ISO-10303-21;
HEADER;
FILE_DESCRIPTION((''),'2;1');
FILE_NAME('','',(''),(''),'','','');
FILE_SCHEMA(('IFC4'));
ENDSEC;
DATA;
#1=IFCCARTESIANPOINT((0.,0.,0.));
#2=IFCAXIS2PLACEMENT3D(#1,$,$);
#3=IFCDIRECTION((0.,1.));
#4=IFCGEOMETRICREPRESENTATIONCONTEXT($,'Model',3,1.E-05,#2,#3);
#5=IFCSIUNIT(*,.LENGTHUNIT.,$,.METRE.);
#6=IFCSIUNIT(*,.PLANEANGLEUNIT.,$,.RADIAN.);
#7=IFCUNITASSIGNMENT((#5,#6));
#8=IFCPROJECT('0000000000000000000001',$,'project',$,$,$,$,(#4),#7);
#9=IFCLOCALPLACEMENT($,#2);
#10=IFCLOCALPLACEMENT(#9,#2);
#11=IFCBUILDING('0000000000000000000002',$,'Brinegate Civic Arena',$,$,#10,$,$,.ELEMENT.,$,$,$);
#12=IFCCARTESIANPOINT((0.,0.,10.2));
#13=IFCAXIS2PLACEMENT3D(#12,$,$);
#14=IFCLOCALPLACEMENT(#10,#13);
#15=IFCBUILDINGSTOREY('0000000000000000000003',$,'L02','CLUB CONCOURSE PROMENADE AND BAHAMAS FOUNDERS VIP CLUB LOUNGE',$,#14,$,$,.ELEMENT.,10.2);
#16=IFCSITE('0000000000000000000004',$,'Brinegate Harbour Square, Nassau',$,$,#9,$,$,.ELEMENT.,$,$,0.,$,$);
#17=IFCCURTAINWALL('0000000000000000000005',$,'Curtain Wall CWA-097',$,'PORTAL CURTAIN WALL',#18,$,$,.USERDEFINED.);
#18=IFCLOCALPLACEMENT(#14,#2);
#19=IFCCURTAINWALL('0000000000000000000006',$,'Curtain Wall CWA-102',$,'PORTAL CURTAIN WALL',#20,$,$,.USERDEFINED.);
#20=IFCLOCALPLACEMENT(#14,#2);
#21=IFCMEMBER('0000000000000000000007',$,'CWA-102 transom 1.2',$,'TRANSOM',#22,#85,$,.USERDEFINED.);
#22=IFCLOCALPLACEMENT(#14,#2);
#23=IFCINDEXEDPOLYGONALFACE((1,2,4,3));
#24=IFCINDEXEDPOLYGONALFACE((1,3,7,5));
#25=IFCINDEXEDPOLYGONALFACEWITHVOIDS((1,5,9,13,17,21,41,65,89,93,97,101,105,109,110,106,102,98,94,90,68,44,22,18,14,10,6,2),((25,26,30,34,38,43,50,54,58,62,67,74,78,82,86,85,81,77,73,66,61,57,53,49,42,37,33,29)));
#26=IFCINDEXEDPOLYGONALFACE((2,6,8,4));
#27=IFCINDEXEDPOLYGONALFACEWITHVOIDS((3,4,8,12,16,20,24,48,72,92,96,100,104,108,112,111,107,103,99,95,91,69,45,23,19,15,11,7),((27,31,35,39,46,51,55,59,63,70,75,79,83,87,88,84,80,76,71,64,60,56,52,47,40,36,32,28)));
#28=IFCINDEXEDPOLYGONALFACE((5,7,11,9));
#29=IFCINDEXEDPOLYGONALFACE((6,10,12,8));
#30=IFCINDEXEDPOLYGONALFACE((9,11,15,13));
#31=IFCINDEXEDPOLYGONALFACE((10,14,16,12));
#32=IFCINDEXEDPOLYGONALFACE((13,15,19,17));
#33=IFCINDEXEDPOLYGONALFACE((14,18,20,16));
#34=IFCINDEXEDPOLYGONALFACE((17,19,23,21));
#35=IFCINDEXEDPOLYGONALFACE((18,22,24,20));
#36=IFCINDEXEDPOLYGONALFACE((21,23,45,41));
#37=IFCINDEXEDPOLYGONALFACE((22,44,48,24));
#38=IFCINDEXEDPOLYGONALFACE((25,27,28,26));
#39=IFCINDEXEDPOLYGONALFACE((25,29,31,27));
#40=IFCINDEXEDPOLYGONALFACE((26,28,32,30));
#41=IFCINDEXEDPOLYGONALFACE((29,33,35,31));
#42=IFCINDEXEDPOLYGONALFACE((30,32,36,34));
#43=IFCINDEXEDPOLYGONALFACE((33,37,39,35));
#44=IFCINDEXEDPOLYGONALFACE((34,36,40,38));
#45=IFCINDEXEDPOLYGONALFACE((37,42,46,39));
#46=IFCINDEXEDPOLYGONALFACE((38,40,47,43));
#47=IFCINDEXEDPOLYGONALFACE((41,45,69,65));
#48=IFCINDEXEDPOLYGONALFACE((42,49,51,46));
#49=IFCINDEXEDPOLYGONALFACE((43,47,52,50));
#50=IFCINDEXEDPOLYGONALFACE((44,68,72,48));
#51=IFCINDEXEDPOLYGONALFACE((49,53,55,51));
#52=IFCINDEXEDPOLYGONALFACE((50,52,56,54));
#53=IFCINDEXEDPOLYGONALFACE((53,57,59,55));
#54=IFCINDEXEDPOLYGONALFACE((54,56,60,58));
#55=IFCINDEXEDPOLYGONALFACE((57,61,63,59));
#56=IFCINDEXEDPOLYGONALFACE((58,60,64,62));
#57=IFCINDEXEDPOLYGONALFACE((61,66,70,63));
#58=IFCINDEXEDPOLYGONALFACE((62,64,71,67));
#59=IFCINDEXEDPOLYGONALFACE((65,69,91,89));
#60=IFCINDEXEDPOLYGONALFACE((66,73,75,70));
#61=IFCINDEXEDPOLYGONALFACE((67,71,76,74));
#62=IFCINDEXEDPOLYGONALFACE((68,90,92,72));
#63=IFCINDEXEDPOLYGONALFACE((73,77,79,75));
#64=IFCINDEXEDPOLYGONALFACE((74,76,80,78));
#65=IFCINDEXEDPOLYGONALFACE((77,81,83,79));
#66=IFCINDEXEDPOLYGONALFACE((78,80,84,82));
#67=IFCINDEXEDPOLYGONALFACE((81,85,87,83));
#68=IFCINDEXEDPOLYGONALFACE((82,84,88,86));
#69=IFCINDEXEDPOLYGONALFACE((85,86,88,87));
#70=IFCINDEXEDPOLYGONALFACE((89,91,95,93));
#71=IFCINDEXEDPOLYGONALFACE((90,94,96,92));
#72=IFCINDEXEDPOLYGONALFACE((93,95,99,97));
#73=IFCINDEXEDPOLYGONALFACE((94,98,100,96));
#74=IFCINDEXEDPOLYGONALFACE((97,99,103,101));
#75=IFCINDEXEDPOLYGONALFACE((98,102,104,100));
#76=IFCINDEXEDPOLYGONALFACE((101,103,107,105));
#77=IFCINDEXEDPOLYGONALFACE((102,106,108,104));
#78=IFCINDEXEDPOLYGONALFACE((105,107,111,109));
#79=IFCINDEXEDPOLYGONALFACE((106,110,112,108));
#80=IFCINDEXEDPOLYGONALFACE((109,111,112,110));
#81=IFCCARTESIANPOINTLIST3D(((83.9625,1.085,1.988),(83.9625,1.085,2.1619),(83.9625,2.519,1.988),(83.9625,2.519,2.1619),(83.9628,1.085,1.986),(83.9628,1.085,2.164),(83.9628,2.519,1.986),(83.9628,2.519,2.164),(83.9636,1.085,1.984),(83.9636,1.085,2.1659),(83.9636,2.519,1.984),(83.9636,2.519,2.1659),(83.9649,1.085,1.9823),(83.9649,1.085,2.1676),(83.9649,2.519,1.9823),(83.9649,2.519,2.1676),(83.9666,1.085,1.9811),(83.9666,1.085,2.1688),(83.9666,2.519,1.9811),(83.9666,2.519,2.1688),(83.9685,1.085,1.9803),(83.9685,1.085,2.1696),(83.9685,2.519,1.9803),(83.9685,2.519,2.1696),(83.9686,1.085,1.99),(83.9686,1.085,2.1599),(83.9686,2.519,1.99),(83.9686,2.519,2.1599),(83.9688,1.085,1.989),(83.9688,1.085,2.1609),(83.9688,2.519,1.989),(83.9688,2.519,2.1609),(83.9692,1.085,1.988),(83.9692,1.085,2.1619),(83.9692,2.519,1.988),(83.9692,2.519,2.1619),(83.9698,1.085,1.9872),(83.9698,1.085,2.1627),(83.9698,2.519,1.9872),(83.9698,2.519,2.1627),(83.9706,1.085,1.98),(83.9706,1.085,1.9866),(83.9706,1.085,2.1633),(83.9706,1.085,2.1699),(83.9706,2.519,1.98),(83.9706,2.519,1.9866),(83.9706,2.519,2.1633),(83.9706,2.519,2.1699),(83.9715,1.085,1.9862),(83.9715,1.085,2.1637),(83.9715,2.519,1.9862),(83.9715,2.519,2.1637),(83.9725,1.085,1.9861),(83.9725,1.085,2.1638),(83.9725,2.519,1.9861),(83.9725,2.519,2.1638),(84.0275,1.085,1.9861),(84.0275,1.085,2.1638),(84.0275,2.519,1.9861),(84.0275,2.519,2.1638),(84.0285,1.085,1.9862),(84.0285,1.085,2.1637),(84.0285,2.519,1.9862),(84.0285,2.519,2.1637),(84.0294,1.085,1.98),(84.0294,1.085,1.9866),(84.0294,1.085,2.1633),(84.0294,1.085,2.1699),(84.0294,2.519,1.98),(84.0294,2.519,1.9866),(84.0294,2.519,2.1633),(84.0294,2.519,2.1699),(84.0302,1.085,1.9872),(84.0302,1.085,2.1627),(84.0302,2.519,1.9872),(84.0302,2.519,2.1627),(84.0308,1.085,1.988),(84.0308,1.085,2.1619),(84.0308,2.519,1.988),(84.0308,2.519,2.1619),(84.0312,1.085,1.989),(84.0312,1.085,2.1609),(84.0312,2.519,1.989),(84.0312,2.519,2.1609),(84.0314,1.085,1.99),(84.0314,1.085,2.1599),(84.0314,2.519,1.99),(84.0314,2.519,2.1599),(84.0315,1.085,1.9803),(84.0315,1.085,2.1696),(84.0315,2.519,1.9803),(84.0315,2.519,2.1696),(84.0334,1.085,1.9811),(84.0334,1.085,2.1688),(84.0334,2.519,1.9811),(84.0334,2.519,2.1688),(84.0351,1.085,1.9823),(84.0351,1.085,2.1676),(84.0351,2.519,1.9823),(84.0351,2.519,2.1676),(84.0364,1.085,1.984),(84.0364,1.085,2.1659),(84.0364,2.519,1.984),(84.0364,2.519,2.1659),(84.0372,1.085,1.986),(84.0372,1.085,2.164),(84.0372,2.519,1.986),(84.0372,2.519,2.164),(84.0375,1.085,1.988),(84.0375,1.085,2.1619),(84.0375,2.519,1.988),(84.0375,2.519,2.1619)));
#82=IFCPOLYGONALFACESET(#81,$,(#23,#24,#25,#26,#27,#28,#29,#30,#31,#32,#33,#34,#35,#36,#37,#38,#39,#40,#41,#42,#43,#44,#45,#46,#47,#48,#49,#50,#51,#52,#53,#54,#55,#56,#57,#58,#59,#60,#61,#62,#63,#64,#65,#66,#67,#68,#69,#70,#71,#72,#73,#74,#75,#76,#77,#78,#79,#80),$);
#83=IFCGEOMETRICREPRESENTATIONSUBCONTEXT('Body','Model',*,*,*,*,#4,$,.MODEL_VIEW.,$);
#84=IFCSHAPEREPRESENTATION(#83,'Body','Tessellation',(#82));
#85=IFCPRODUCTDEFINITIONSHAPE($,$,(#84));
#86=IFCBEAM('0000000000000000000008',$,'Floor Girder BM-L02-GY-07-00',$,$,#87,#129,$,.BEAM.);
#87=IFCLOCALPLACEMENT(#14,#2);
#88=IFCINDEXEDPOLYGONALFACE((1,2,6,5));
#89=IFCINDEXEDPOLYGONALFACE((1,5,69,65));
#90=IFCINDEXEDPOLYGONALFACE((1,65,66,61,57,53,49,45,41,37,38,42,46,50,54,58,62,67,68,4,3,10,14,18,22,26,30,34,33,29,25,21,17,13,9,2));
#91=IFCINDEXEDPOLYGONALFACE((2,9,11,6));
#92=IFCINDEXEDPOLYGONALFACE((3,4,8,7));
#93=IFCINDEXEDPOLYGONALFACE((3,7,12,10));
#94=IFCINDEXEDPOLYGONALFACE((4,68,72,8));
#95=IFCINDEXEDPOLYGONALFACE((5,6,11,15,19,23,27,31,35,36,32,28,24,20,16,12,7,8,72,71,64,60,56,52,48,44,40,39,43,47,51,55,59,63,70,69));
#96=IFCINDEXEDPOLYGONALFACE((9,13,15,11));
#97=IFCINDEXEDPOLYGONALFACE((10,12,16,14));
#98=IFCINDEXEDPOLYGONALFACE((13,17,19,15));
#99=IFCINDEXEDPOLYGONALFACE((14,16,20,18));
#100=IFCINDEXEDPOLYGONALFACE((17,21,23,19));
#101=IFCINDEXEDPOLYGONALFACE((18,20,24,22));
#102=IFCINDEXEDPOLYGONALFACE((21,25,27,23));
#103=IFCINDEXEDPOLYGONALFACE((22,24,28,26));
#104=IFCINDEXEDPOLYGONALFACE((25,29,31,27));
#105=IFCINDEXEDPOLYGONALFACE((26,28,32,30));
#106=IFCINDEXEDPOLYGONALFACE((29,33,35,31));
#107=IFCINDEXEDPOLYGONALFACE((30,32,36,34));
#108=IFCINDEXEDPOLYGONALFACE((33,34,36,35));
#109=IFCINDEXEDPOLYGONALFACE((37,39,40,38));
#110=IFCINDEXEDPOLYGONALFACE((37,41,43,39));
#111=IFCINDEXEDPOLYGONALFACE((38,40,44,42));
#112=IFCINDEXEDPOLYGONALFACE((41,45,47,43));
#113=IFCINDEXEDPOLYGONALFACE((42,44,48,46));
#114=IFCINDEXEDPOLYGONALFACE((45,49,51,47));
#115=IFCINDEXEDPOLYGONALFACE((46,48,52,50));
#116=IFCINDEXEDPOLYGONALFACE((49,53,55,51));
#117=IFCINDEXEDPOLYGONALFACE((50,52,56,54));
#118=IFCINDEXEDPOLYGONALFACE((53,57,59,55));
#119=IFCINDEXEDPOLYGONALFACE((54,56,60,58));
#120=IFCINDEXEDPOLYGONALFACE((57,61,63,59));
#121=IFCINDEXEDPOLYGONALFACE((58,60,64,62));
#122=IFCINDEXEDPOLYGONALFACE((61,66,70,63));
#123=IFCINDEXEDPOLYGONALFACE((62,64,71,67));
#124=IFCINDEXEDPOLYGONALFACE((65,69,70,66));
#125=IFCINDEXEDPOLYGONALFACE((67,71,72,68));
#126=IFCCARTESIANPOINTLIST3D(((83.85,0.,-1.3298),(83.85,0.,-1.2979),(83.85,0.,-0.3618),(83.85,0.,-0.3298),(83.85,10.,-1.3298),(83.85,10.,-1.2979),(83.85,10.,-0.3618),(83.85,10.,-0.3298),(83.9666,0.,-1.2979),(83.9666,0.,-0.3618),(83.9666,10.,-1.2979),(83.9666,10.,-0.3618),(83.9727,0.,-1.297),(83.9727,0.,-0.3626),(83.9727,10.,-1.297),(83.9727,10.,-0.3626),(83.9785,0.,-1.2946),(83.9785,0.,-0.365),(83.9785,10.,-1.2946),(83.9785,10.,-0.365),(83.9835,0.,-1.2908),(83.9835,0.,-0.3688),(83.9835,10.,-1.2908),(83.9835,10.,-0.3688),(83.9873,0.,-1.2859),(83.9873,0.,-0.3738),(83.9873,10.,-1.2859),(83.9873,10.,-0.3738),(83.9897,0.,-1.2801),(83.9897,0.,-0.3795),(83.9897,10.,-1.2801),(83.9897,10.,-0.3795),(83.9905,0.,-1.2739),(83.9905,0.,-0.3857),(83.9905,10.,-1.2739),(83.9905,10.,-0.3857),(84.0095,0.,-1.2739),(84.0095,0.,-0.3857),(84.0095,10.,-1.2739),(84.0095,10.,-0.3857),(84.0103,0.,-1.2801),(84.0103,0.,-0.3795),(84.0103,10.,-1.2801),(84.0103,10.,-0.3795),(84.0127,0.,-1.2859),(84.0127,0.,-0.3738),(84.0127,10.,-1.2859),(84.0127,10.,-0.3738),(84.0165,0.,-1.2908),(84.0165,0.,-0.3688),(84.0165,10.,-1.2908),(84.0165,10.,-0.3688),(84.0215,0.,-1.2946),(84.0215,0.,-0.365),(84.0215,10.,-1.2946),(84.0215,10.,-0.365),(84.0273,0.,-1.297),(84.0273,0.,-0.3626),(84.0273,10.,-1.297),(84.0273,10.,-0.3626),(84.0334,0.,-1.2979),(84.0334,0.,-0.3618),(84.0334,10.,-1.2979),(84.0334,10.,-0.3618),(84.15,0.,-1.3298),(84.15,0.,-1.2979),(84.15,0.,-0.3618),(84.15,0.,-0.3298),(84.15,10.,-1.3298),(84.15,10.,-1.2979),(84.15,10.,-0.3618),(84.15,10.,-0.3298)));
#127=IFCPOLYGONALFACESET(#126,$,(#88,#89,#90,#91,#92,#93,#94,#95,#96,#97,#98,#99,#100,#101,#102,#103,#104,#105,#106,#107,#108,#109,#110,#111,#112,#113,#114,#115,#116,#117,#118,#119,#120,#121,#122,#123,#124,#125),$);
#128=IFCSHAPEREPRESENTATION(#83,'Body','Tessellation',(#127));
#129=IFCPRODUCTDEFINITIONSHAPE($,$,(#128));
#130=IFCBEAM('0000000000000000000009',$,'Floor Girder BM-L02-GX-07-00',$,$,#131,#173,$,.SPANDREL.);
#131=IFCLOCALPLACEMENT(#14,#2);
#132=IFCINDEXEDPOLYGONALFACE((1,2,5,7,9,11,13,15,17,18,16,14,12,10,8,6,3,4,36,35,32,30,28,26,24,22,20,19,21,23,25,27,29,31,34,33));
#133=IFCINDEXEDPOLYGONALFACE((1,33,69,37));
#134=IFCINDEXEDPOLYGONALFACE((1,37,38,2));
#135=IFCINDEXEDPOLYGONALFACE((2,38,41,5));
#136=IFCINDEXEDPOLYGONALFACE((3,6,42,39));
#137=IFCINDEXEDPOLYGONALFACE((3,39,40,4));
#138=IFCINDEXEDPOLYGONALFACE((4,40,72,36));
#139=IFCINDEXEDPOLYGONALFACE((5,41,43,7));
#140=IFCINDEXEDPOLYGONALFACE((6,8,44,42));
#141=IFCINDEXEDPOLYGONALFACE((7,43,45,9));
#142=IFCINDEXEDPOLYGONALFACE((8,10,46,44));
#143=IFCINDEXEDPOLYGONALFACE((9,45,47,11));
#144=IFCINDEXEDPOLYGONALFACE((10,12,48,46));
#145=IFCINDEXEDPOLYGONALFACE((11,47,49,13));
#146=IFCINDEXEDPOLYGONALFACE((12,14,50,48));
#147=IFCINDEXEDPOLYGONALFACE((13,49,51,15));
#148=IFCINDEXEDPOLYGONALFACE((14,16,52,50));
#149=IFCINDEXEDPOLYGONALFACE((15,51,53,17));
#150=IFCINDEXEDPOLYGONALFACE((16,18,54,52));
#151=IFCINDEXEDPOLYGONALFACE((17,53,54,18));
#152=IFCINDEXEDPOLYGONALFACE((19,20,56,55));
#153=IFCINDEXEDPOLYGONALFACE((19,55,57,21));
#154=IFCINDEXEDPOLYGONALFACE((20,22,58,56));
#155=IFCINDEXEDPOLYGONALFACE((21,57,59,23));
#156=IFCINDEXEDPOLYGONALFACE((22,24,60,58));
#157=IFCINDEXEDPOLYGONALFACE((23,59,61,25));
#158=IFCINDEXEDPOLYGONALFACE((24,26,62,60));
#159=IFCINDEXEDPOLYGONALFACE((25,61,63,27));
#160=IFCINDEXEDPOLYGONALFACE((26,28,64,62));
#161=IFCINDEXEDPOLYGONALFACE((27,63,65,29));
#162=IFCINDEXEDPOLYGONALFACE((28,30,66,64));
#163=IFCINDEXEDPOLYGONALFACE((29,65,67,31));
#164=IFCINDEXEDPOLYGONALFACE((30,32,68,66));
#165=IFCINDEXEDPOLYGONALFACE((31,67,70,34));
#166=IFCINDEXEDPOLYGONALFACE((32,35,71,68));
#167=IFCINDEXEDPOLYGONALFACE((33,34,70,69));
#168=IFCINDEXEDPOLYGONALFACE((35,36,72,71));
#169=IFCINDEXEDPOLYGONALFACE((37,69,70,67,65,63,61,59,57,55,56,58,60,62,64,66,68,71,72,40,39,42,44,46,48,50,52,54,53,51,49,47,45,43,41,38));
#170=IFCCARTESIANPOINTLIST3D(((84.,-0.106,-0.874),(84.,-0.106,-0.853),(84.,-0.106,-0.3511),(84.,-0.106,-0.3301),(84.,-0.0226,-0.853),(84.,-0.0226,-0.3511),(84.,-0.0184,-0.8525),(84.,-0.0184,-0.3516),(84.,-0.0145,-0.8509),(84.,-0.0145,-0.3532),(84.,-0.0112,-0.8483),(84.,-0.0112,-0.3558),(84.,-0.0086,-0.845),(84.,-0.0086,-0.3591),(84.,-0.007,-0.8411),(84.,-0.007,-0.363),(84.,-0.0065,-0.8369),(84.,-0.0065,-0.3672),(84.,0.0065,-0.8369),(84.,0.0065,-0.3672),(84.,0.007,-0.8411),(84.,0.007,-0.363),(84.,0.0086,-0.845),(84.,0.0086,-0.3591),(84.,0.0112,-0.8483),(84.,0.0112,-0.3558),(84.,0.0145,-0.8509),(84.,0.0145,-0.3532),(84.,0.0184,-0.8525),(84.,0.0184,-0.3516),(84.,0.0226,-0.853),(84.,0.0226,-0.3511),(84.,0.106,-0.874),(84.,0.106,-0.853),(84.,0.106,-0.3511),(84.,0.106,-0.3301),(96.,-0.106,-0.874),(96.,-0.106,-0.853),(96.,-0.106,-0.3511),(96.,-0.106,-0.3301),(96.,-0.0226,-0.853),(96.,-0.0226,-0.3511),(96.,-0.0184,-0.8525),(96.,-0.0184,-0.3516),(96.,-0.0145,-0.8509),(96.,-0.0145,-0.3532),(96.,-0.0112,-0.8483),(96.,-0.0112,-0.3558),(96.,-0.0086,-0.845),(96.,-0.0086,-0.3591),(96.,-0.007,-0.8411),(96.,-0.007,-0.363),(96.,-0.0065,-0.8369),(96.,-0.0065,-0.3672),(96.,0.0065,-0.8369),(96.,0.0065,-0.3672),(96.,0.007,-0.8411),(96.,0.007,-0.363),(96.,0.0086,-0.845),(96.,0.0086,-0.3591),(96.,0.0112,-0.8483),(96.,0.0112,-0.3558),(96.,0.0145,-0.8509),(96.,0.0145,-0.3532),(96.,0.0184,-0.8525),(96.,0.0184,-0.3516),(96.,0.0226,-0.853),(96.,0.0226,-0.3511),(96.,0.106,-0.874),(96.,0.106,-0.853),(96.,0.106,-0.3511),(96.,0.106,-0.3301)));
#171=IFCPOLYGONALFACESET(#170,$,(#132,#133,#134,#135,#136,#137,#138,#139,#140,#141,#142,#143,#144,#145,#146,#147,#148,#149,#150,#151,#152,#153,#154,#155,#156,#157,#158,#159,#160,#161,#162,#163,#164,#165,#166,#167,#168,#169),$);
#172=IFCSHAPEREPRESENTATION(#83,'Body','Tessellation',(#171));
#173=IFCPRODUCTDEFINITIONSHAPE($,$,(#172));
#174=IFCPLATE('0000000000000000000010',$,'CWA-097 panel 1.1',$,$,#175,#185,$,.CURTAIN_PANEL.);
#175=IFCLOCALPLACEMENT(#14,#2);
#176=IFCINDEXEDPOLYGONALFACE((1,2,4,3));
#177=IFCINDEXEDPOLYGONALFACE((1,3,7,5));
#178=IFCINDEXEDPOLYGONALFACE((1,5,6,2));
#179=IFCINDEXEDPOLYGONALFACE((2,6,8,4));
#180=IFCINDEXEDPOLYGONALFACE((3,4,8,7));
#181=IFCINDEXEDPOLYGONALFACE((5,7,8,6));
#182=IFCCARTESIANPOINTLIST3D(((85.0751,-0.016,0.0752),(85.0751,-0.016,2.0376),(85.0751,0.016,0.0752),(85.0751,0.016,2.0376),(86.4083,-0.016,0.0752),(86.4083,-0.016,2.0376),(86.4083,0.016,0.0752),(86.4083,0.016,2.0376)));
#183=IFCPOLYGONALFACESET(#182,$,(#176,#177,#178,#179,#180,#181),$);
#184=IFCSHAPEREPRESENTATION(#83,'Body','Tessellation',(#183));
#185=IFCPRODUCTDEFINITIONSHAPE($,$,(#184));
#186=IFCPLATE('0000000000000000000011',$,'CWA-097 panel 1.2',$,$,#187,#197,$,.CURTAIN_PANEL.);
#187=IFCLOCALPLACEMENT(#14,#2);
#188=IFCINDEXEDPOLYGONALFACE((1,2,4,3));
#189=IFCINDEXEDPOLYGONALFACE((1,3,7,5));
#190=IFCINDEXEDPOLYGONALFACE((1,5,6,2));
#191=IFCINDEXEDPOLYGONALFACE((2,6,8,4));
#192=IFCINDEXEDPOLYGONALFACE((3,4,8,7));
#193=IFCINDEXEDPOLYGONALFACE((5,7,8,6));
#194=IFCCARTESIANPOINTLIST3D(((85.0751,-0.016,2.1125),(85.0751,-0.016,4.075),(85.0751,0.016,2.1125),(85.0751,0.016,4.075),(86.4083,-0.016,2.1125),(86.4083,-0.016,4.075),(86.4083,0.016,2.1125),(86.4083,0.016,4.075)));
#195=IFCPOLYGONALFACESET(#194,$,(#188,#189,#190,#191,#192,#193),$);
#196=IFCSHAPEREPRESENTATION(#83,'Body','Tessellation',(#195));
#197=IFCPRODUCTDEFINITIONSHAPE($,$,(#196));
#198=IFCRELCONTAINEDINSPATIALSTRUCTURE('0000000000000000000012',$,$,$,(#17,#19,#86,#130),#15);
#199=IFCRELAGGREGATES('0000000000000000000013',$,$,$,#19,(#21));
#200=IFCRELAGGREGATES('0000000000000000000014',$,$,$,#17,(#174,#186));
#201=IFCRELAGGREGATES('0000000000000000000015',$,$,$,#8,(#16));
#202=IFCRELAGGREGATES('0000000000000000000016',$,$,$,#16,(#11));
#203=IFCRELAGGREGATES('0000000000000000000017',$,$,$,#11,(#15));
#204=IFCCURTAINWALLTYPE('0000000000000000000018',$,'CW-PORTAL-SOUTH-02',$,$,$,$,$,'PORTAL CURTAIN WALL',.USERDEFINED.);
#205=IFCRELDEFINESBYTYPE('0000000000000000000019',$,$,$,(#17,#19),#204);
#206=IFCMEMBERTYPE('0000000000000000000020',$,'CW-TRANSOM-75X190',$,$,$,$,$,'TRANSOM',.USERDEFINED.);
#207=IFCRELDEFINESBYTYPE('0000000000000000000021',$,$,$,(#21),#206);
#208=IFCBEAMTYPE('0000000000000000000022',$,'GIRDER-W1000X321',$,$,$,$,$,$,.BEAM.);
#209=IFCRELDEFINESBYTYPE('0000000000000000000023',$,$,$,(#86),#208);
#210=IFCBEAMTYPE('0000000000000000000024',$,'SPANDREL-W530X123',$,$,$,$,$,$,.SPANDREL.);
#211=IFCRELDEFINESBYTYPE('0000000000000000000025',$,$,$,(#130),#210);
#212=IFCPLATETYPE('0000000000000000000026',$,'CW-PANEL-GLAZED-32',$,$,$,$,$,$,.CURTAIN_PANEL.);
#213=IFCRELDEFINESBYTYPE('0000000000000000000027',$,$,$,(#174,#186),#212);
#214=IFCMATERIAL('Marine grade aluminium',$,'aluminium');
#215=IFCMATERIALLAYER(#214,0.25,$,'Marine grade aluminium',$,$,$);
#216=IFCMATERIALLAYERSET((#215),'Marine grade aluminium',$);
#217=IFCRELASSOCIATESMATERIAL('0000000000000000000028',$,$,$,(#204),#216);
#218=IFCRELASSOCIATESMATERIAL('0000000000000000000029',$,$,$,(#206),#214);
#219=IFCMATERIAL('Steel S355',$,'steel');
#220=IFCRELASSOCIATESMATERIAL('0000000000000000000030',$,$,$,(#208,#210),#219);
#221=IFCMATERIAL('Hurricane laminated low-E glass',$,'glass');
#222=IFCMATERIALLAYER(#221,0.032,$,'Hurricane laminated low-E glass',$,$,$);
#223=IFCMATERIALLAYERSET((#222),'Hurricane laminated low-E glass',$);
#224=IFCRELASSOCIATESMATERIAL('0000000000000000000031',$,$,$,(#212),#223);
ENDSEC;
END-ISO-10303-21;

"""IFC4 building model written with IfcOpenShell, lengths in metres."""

from ifc_helpers import new_model, si_unit, direction, frame, origin, origin_2d, place, context, subcontext, project, spatial, rectangle, hollow_rectangle, i_section, extrude, material, layer, layer_set, material_profile, profile_set, type_object, element, aggregate, save


model = new_model("IFC4")

# Units and contexts
model_context = context("Model", 3, precision=1e-05, world=origin(), true_north=direction((0.0, 1.0)))
body_context = subcontext(model_context, "Body", "Model", "MODEL_VIEW")
ifc_project = project(units=[si_unit("LENGTHUNIT", "METRE"), si_unit("PLANEANGLEUNIT", "RADIAN")], contexts=[model_context])

# Site, building, storey
site_placement = place(None, origin())
site = spatial("IfcSite", under=ifc_project, at=site_placement, Name="Brinegate Harbour Square, Nassau", CompositionType="ELEMENT", RefElevation=0.0)
building_placement = place(site_placement, origin())
building = spatial("IfcBuilding", under=site, at=building_placement, Name="Brinegate Civic Arena", CompositionType="ELEMENT")
storey_placement = place(building_placement, frame((0.0, 0.0, 10.2)))
storey = spatial("IfcBuildingStorey", under=building, at=storey_placement, Name="L02", Description="CLUB CONCOURSE PROMENADE AND BAHAMAS FOUNDERS VIP CLUB LOUNGE", CompositionType="ELEMENT", Elevation=10.2)

# Curtain wall
ifc_material_1 = material(Name="Marine grade aluminium", Category="aluminium")
ifc_layer_1 = layer(ifc_material_1, 0.25, Name="Marine grade aluminium")
ifc_layer_set_1 = layer_set([ifc_layer_1], Name="Marine grade aluminium")
curtain_wall_type = type_object("IfcCurtainWallType", Name="CW-PORTAL-SOUTH-02", ElementType="PORTAL CURTAIN WALL", PredefinedType="USERDEFINED", material=ifc_layer_set_1)
curtain_wall_1_placement = place(storey_placement, origin())
curtain_wall_1 = element("IfcCurtainWall", 1, at=curtain_wall_1_placement, inside=storey, type_object=curtain_wall_type, Name="Curtain Wall CWA-097", ObjectType="PORTAL CURTAIN WALL", PredefinedType="USERDEFINED")

# Curtain wall
curtain_wall_2_placement = place(storey_placement, origin())
curtain_wall_2 = element("IfcCurtainWall", 2, at=curtain_wall_2_placement, inside=storey, type_object=curtain_wall_type, Name="Curtain Wall CWA-102", ObjectType="PORTAL CURTAIN WALL", PredefinedType="USERDEFINED")

# Member
ifc_material_profile_1 = material_profile(ifc_material_1, hollow_rectangle(XDim=0.075, YDim=0.1899, WallThickness=0.0061, InnerFilletRadius=0.0039, OuterFilletRadius=0.0081, at=origin_2d()), Name="TRN75X190")
ifc_profile_set_1 = profile_set([ifc_material_profile_1], Name="Marine grade aluminium")
member_type_1 = type_object("IfcMemberType", Name="CW-TRANSOM-75X190", ElementType="TRANSOM", PredefinedType="USERDEFINED", material=ifc_profile_set_1)
member_1_placement = place(storey_placement, frame((84.0, 1.085, 2.075), z_axis=(0.0, 1.0, 0.0), x_axis=(-1.0, 0.0, 0.0)))
member_1 = element("IfcMember", 3, at=member_1_placement, type_object=member_type_1, Name="CWA-102 transom 1.2", ObjectType="TRANSOM", PredefinedType="USERDEFINED", context=body_context, shape_type="SweptSolid", body=[
    extrude(hollow_rectangle(XDim=0.075, YDim=0.1899, WallThickness=0.0061, InnerFilletRadius=0.0039, OuterFilletRadius=0.0081, at=origin_2d()), origin(), (0.0, 0.0, 1.0), 1.4341),
])
aggregate(curtain_wall_2, [member_1])

# Beams
ifc_material_2 = material(Name="Steel S355", Category="steel")
ifc_material_profile_2 = material_profile(ifc_material_2, i_section(OverallWidth=0.3, OverallDepth=1.0, WebThickness=0.019, FlangeThickness=0.032, FilletRadius=0.0239, at=origin_2d()), Name="W1000X321")
ifc_profile_set_2 = profile_set([ifc_material_profile_2], Name="Steel S355")
beam_type_1 = type_object("IfcBeamType", Name="GIRDER-W1000X321", PredefinedType="BEAM", material=ifc_profile_set_2)
beam_1_placement = place(storey_placement, frame((84.0, 0.0, -0.8298), z_axis=(0.0, 1.0, 0.0), x_axis=(-1.0, 0.0, 0.0)))
element("IfcBeam", 4, at=beam_1_placement, inside=storey, type_object=beam_type_1, Name="Floor Girder BM-L02-GY-07-00", PredefinedType="BEAM", context=body_context, shape_type="SweptSolid", body=[
    extrude(i_section(OverallWidth=0.3, OverallDepth=1.0, WebThickness=0.019, FlangeThickness=0.032, FilletRadius=0.0239, at=origin_2d()), origin(), (0.0, 0.0, 1.0), 10.0),
])
ifc_material_profile_3 = material_profile(ifc_material_2, i_section(OverallWidth=0.2119, OverallDepth=0.5439, WebThickness=0.0129, FlangeThickness=0.021, FilletRadius=0.0161, at=origin_2d()), Name="W530X123")
ifc_profile_set_3 = profile_set([ifc_material_profile_3], Name="Steel S355")
beam_type_2 = type_object("IfcBeamType", Name="SPANDREL-W530X123", PredefinedType="SPANDREL", material=ifc_profile_set_3)
beam_2_placement = place(storey_placement, frame((84.0, 0.0, -0.6021), z_axis=(1.0, 0.0, 0.0), x_axis=(0.0, 1.0, 0.0)))
element("IfcBeam", 5, at=beam_2_placement, inside=storey, type_object=beam_type_2, Name="Floor Girder BM-L02-GX-07-00", PredefinedType="SPANDREL", context=body_context, shape_type="SweptSolid", body=[
    extrude(i_section(OverallWidth=0.2119, OverallDepth=0.5439, WebThickness=0.0129, FlangeThickness=0.021, FilletRadius=0.0161, at=origin_2d()), origin(), (0.0, 0.0, 1.0), 12.0),
])

# Plates
ifc_material_3 = material(Name="Hurricane laminated low-E glass", Category="glass")
ifc_layer_2 = layer(ifc_material_3, 0.032, Name="Hurricane laminated low-E glass")
ifc_layer_set_2 = layer_set([ifc_layer_2], Name="Hurricane laminated low-E glass")
plate_type = type_object("IfcPlateType", Name="CW-PANEL-GLAZED-32", PredefinedType="CURTAIN_PANEL", material=ifc_layer_set_2)
plate_1_placement = place(storey_placement, frame((85.7417, 0.0, 0.0752), z_axis=(0.0, 0.0, 1.0), x_axis=(1.0, 0.0, 0.0)))
plate_1 = element("IfcPlate", 6, at=plate_1_placement, type_object=plate_type, Name="CWA-097 panel 1.1", PredefinedType="CURTAIN_PANEL", context=body_context, shape_type="SweptSolid", body=[
    extrude(rectangle(XDim=1.3333, YDim=0.032, at=origin_2d()), origin(), (0.0, 0.0, 1.0), 1.9624),
])
plate_2_placement = place(storey_placement, frame((85.7417, 0.0, 2.1125), z_axis=(0.0, 0.0, 1.0), x_axis=(1.0, 0.0, 0.0)))
plate_2 = element("IfcPlate", 7, at=plate_2_placement, type_object=plate_type, Name="CWA-097 panel 1.2", PredefinedType="CURTAIN_PANEL", context=body_context, shape_type="SweptSolid", body=[
    extrude(rectangle(XDim=1.3333, YDim=0.032, at=origin_2d()), origin(), (0.0, 0.0, 1.0), 1.9624),
])
aggregate(curtain_wall_1, [plate_1, plate_2])

save(model, "model.ifc")
